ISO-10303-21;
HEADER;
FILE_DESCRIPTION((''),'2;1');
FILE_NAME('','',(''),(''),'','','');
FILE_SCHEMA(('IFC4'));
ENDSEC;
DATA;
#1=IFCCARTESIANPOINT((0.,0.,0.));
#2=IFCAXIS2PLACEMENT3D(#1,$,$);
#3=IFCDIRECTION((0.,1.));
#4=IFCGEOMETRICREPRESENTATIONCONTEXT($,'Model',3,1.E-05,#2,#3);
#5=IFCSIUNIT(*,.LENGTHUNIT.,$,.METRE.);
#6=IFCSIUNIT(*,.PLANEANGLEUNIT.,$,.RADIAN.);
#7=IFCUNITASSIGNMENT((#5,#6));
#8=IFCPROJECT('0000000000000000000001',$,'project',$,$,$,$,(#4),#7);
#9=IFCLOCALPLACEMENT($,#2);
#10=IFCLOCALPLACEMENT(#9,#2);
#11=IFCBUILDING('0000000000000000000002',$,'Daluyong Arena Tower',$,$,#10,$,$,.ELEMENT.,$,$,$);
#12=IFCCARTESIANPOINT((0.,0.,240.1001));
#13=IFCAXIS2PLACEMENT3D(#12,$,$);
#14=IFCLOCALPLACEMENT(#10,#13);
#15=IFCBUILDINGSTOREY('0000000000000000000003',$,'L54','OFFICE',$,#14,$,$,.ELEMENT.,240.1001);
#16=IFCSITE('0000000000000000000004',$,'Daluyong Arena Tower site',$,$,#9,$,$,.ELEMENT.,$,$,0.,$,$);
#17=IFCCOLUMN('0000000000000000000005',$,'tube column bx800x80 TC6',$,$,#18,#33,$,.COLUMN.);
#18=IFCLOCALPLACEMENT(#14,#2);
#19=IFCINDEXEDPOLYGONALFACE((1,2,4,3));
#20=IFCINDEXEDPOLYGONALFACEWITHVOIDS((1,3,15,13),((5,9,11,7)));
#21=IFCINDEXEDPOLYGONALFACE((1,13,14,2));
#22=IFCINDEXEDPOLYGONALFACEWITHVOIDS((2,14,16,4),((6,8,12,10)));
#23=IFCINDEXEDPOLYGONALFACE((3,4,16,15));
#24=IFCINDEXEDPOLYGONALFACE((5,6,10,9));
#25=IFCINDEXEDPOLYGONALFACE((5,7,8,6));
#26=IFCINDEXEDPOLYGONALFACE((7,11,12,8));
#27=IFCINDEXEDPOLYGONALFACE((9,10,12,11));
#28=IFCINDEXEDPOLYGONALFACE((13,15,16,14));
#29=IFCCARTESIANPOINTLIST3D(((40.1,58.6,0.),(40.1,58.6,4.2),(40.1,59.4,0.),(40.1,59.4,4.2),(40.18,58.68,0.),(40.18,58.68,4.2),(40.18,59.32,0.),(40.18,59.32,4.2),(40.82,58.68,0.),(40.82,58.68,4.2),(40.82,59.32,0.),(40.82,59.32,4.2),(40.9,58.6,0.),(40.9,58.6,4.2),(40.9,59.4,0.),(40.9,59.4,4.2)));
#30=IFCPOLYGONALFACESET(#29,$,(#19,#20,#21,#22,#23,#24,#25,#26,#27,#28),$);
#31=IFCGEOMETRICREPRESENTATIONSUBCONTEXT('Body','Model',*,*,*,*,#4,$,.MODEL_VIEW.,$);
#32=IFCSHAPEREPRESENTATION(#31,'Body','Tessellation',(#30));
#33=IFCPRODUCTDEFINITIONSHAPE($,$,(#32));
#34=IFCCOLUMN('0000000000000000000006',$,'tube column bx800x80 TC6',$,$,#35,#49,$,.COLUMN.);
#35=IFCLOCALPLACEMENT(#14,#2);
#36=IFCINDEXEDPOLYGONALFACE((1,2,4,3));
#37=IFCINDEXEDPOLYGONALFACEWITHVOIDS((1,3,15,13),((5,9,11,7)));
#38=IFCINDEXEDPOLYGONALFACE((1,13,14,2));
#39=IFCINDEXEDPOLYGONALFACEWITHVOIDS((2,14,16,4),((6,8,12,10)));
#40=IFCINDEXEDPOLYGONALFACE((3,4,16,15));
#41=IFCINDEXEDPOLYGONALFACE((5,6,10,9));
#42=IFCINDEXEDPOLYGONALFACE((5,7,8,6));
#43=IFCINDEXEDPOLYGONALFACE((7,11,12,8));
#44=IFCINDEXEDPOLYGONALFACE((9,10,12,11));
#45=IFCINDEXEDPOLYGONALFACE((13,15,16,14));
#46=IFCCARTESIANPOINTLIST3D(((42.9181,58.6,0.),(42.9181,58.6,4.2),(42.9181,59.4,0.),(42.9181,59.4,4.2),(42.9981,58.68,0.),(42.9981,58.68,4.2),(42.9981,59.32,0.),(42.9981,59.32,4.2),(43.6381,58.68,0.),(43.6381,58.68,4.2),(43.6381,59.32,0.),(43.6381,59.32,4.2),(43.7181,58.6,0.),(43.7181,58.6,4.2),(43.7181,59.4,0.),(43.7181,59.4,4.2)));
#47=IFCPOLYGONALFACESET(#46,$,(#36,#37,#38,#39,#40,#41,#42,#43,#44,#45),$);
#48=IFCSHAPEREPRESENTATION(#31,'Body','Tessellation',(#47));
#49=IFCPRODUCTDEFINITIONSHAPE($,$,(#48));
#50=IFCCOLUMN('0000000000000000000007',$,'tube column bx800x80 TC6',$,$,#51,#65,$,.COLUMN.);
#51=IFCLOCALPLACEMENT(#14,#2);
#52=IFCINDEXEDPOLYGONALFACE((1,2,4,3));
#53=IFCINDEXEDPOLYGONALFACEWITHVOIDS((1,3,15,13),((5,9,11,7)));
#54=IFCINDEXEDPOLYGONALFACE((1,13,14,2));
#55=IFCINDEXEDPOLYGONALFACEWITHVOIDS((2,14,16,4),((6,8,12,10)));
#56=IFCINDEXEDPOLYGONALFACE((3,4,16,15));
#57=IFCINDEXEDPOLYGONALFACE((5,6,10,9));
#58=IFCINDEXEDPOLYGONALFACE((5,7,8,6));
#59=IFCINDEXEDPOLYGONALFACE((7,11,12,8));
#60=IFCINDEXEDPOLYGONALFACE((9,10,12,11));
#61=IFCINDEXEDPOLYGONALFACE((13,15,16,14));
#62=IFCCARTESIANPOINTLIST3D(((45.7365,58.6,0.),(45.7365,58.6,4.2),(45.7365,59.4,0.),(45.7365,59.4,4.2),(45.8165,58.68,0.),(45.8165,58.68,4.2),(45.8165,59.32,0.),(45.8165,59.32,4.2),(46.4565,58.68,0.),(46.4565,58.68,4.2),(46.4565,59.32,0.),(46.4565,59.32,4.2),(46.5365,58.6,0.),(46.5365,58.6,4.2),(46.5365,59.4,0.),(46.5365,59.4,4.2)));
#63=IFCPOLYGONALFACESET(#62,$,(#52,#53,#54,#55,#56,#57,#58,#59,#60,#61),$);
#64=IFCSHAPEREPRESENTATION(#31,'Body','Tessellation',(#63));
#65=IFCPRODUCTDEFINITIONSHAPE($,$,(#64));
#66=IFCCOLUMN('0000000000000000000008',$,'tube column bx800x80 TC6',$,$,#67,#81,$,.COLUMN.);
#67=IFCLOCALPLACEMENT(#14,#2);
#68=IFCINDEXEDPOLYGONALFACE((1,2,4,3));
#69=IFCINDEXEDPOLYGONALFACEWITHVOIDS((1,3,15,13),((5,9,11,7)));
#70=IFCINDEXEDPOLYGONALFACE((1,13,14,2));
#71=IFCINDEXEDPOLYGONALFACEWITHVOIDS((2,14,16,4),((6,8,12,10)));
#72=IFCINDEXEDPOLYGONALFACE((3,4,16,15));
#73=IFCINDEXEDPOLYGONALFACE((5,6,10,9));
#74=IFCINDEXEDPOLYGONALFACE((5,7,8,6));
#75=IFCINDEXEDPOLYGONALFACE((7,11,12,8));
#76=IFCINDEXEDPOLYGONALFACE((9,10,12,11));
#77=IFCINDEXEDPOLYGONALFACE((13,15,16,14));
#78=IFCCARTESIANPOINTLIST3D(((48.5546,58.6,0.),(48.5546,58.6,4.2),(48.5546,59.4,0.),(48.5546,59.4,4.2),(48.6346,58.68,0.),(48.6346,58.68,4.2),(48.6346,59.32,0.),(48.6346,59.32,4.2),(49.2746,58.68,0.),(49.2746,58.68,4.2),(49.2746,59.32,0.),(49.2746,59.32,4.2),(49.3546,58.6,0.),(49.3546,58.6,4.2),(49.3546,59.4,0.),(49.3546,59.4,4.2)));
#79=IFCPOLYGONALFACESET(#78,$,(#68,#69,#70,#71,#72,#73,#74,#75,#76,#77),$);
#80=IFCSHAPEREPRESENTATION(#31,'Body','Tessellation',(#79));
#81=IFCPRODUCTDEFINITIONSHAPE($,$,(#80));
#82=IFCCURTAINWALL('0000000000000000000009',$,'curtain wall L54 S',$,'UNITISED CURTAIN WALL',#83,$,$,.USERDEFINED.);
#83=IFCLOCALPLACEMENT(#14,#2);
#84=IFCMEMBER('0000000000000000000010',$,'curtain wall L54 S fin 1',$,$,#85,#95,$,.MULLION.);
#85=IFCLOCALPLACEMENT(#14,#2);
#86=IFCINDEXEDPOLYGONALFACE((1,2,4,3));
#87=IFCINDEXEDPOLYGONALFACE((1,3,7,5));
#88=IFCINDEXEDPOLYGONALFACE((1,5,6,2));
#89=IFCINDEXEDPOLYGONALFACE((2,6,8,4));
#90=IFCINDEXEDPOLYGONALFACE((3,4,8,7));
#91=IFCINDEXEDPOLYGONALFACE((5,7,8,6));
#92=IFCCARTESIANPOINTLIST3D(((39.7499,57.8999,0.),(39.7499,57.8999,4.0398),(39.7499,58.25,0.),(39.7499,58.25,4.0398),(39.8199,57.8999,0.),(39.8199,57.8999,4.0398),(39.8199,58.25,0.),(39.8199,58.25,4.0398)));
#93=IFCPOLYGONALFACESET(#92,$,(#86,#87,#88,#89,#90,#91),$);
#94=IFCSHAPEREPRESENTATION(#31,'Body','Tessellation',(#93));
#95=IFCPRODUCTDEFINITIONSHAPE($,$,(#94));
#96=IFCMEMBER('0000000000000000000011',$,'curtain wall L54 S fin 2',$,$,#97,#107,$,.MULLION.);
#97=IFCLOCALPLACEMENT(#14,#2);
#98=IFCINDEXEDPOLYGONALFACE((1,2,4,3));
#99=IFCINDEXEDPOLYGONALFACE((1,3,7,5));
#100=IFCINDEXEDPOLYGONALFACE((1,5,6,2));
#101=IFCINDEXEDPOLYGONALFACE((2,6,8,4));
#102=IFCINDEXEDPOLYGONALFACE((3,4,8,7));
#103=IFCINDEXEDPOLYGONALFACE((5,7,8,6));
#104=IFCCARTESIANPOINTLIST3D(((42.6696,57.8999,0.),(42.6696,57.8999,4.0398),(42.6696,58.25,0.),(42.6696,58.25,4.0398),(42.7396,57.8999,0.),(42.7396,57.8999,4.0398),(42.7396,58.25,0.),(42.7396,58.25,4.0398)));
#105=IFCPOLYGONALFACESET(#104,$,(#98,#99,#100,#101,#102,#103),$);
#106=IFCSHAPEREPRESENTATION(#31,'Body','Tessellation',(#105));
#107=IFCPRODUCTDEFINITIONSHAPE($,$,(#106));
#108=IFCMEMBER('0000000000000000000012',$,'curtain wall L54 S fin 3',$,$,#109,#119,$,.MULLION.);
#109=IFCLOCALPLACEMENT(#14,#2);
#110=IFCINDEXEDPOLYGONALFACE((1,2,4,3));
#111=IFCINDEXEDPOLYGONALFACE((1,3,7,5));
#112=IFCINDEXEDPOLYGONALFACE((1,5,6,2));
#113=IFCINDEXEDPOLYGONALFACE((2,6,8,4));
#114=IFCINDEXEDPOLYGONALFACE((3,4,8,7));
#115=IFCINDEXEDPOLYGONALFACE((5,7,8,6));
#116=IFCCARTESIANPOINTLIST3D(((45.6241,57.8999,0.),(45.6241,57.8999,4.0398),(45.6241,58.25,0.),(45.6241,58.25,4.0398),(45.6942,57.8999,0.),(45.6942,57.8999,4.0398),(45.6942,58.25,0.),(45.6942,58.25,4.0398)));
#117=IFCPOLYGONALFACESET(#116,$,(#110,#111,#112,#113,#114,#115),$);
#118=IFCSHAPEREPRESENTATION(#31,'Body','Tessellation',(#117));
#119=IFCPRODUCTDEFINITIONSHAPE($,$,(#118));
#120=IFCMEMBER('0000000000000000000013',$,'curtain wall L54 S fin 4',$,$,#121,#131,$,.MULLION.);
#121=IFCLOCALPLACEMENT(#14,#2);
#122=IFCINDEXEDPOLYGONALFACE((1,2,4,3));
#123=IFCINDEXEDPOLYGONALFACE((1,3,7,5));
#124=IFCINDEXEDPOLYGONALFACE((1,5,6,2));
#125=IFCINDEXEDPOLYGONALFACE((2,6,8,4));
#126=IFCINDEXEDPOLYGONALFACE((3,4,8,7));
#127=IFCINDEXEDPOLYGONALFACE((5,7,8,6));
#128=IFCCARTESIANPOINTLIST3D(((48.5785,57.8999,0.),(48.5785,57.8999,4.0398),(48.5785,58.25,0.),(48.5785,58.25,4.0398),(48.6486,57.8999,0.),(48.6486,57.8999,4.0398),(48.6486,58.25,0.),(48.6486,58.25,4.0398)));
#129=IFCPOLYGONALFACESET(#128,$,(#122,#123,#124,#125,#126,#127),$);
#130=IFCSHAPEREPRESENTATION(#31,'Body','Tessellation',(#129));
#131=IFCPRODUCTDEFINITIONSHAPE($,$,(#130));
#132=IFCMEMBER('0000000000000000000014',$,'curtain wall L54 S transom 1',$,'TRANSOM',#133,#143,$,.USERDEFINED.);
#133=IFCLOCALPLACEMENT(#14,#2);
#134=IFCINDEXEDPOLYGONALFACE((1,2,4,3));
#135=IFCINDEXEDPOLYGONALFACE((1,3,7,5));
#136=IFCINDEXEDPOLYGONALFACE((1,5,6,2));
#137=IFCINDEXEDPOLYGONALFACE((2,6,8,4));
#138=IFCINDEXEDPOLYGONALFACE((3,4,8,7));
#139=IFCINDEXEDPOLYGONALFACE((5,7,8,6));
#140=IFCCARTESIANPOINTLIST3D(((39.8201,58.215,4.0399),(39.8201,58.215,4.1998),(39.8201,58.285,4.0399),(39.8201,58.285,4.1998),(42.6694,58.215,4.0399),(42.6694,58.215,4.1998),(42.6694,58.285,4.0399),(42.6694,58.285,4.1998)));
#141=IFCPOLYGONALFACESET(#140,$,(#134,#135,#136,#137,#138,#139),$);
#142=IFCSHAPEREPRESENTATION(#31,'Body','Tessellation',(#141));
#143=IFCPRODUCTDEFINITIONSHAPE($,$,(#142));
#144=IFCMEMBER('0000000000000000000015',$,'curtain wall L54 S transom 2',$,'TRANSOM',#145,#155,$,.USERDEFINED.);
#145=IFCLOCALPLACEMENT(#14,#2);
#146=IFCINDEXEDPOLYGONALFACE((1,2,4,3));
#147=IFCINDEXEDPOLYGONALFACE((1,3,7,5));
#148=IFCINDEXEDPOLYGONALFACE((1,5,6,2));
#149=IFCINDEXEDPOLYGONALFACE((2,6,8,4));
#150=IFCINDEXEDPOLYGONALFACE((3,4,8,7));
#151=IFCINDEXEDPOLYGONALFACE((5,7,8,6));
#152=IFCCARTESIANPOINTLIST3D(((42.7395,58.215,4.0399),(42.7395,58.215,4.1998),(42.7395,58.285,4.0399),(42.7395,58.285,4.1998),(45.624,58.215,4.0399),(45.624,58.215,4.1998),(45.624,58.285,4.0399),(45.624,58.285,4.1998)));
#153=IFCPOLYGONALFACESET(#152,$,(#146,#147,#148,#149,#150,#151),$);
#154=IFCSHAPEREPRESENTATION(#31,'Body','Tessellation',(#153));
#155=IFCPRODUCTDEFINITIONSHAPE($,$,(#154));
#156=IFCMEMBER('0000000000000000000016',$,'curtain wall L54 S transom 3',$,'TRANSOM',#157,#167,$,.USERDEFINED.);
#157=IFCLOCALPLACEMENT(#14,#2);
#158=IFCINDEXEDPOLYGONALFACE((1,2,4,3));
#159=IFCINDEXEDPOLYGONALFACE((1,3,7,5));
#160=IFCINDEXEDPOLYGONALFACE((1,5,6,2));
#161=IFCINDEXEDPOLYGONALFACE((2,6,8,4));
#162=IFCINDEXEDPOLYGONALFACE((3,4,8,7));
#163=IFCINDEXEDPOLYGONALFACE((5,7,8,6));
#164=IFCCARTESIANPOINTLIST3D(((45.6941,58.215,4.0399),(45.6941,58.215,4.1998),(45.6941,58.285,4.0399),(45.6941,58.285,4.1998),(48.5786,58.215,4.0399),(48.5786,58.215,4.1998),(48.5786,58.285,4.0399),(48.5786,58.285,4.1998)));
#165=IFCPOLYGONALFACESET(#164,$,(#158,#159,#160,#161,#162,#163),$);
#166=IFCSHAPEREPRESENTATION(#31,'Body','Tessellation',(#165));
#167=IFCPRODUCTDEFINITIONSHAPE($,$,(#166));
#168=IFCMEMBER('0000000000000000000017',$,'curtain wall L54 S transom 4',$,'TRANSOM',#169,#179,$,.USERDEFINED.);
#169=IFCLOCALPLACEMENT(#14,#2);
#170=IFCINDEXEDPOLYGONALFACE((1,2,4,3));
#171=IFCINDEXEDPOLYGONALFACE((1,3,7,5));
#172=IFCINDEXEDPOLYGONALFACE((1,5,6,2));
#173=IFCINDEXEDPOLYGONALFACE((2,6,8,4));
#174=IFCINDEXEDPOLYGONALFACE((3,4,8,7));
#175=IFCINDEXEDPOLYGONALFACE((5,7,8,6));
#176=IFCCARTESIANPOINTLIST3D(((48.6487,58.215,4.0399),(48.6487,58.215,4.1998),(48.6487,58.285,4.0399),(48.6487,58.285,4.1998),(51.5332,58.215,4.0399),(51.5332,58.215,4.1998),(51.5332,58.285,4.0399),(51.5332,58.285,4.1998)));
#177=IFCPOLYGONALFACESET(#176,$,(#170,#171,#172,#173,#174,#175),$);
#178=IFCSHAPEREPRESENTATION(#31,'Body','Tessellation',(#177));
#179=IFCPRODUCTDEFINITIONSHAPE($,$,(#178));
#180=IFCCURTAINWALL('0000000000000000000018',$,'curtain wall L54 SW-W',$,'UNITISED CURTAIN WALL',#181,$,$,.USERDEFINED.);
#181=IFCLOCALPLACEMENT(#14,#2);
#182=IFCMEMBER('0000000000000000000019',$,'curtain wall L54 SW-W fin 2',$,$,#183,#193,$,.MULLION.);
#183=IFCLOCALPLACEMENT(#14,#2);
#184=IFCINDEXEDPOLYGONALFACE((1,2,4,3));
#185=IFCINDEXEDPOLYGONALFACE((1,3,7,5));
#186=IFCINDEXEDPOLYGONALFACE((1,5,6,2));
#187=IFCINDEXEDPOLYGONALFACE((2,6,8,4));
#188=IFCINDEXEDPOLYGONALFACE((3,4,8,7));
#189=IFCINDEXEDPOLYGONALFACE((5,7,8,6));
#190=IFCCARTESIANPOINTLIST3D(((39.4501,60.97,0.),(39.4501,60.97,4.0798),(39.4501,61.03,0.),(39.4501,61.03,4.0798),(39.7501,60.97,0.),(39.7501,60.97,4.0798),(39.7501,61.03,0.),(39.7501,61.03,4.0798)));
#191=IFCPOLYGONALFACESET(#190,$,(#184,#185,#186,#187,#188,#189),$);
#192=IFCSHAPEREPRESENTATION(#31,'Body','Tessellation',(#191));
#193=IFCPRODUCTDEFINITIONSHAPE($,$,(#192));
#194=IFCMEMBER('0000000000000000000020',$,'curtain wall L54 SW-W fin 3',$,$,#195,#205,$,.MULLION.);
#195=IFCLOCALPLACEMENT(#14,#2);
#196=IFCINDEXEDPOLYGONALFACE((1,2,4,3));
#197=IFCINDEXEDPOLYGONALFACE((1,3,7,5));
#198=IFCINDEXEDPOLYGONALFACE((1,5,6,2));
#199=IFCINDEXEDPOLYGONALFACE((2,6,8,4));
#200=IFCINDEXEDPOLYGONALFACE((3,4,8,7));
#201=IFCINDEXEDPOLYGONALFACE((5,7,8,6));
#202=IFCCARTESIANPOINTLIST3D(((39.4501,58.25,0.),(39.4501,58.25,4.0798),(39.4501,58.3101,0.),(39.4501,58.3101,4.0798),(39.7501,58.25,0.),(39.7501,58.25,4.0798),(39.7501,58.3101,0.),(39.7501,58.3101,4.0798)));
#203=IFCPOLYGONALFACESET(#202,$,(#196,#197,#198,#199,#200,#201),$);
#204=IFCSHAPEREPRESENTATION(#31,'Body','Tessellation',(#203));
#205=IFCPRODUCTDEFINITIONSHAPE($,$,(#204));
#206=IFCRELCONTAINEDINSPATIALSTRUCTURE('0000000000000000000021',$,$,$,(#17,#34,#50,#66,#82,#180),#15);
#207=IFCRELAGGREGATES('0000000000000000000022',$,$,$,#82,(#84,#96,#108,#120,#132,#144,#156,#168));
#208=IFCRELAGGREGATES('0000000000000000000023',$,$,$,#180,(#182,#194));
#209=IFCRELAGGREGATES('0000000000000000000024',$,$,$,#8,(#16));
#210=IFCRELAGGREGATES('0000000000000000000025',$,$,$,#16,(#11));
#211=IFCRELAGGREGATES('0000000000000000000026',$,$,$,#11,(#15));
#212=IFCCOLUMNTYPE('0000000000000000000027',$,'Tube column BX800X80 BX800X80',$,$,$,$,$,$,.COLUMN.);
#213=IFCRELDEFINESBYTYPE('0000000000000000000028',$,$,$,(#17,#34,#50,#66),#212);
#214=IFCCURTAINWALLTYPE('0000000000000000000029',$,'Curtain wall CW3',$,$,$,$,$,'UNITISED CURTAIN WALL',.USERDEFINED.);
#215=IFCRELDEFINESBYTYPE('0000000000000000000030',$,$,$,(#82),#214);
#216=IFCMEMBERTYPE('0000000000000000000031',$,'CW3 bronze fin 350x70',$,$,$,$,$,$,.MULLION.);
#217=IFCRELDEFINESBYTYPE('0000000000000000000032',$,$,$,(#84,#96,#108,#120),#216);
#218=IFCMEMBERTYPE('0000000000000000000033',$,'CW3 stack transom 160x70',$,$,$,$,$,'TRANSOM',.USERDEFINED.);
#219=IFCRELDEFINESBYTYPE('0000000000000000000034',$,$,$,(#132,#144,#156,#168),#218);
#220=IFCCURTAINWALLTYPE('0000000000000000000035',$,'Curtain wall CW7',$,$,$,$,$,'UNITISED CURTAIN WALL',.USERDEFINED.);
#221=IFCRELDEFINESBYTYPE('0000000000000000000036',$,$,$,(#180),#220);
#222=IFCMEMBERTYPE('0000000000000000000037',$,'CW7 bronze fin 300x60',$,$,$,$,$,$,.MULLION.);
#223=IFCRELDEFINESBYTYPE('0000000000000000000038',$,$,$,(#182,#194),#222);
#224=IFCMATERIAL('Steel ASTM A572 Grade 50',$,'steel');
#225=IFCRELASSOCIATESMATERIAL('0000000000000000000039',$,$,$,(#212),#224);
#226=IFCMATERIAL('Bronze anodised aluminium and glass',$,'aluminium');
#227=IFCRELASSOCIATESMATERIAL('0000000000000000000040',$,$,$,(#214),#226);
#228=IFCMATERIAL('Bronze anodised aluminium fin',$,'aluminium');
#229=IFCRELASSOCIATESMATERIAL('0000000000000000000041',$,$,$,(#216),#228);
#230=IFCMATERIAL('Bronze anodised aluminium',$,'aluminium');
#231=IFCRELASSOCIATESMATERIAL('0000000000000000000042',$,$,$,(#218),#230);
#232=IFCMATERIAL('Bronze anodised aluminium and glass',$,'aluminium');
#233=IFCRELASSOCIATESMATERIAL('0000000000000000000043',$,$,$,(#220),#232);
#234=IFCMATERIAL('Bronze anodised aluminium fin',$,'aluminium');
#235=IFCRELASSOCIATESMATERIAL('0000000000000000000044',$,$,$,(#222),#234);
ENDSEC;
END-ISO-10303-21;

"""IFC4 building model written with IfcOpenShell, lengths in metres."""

from ifc_helpers import new_model, si_unit, direction, frame, origin, origin_2d, place, context, subcontext, project, spatial, rectangle, hollow_rectangle, extrude, material, material_profile, profile_set, type_object, element, aggregate, save


model = new_model("IFC4")

# Units and contexts
model_context = context("Model", 3, precision=1e-05, world=origin(), true_north=direction((0.0, 1.0)))
body_context = subcontext(model_context, "Body", "Model", "MODEL_VIEW")
ifc_project = project(units=[si_unit("LENGTHUNIT", "METRE"), si_unit("PLANEANGLEUNIT", "RADIAN")], contexts=[model_context])

# Site, building, storey
site_placement = place(None, origin())
site = spatial("IfcSite", under=ifc_project, at=site_placement, Name="Daluyong Arena Tower site", CompositionType="ELEMENT", RefElevation=0.0)
building_placement = place(site_placement, origin())
building = spatial("IfcBuilding", under=site, at=building_placement, Name="Daluyong Arena Tower", CompositionType="ELEMENT")
storey_placement = place(building_placement, frame((0.0, 0.0, 240.1001)))
storey = spatial("IfcBuildingStorey", under=building, at=storey_placement, Name="L54", Description="OFFICE", CompositionType="ELEMENT", Elevation=240.1001)

# Columns
ifc_material_1 = material(Name="Steel ASTM A572 Grade 50", Category="steel")
ifc_material_profile_1 = material_profile(ifc_material_1, hollow_rectangle(XDim=0.8, YDim=0.8, WallThickness=0.08, at=origin_2d()))
ifc_profile_set_1 = profile_set([ifc_material_profile_1], Name="Steel ASTM A572 Grade 50")
column_type = type_object("IfcColumnType", Name="Tube column BX800X80 BX800X80", PredefinedType="COLUMN", material=ifc_profile_set_1)
for number, where, z_axis, x_axis, name in (
    (1, (40.5, 59.0, 0.0), (0.0, 0.0, 1.0), (1.0, 0.0, 0.0), "tube column bx800x80 TC6"),
    (2, (43.3181, 59.0, 0.0), (0.0, 0.0, 1.0), (1.0, 0.0, 0.0), "tube column bx800x80 TC6"),
    (3, (46.1365, 59.0, 0.0), (0.0, 0.0, 1.0), (1.0, 0.0, 0.0), "tube column bx800x80 TC6"),
    (4, (48.9546, 59.0, 0.0), (0.0, 0.0, 1.0), (1.0, 0.0, 0.0), "tube column bx800x80 TC6"),
):
    element("IfcColumn", number, at=place(storey_placement, frame(where, z_axis=z_axis, x_axis=x_axis)), inside=storey, type_object=column_type, Name=name, PredefinedType="COLUMN", context=body_context, shape_type="SweptSolid", body=[
        extrude(hollow_rectangle(XDim=0.8, YDim=0.8, WallThickness=0.08, at=origin_2d()), origin(), (0.0, 0.0, 1.0), 4.2),
    ])

# Curtain walls, members
ifc_material_2 = material(Name="Bronze anodised aluminium and glass", Category="aluminium")
curtain_wall_type_1 = type_object("IfcCurtainWallType", Name="Curtain wall CW3", ElementType="UNITISED CURTAIN WALL", PredefinedType="USERDEFINED", material=ifc_material_2)
curtain_wall_1_placement = place(storey_placement, origin())
curtain_wall_1 = element("IfcCurtainWall", 5, at=curtain_wall_1_placement, inside=storey, type_object=curtain_wall_type_1, Name="curtain wall L54 S", ObjectType="UNITISED CURTAIN WALL", PredefinedType="USERDEFINED")
ifc_material_3 = material(Name="Bronze anodised aluminium fin", Category="aluminium")
ifc_material_profile_2 = material_profile(ifc_material_3, rectangle(XDim=0.3501, YDim=0.0701, at=origin_2d()))
ifc_profile_set_2 = profile_set([ifc_material_profile_2], Name="Bronze anodised aluminium fin")
member_type_1 = type_object("IfcMemberType", Name="CW3 bronze fin 350x70", PredefinedType="MULLION", material=ifc_profile_set_2)
member_1_placement = place(storey_placement, frame((39.7849, 58.075, 0.0), z_axis=(0.0, 0.0, 1.0), x_axis=(0.0, 1.0, 0.0)))
member_1 = element("IfcMember", 6, at=member_1_placement, type_object=member_type_1, Name="curtain wall L54 S fin 1", PredefinedType="MULLION", context=body_context, shape_type="SweptSolid", body=[
    extrude(rectangle(XDim=0.3501, YDim=0.0701, at=origin_2d()), origin(), (0.0, 0.0, 1.0), 4.0398),
])
member_2_placement = place(storey_placement, frame((42.7046, 58.075, 0.0), z_axis=(0.0, 0.0, 1.0), x_axis=(0.0, 1.0, 0.0)))
member_2 = element("IfcMember", 7, at=member_2_placement, type_object=member_type_1, Name="curtain wall L54 S fin 2", PredefinedType="MULLION", context=body_context, shape_type="SweptSolid", body=[
    extrude(rectangle(XDim=0.3501, YDim=0.0701, at=origin_2d()), origin(), (0.0, 0.0, 1.0), 4.0398),
])
member_3_placement = place(storey_placement, frame((45.6592, 58.075, 0.0), z_axis=(0.0, 0.0, 1.0), x_axis=(0.0, 1.0, 0.0)))
member_3 = element("IfcMember", 8, at=member_3_placement, type_object=member_type_1, Name="curtain wall L54 S fin 3", PredefinedType="MULLION", context=body_context, shape_type="SweptSolid", body=[
    extrude(rectangle(XDim=0.3501, YDim=0.0701, at=origin_2d()), origin(), (0.0, 0.0, 1.0), 4.0398),
])
member_4_placement = place(storey_placement, frame((48.6135, 58.075, 0.0), z_axis=(0.0, 0.0, 1.0), x_axis=(0.0, 1.0, 0.0)))
member_4 = element("IfcMember", 9, at=member_4_placement, type_object=member_type_1, Name="curtain wall L54 S fin 4", PredefinedType="MULLION", context=body_context, shape_type="SweptSolid", body=[
    extrude(rectangle(XDim=0.3501, YDim=0.0701, at=origin_2d()), origin(), (0.0, 0.0, 1.0), 4.0398),
])
ifc_material_4 = material(Name="Bronze anodised aluminium", Category="aluminium")
ifc_material_profile_3 = material_profile(ifc_material_4, rectangle(XDim=0.0701, YDim=0.1599, at=origin_2d()))
ifc_profile_set_3 = profile_set([ifc_material_profile_3], Name="Bronze anodised aluminium")
member_type_2 = type_object("IfcMemberType", Name="CW3 stack transom 160x70", ElementType="TRANSOM", PredefinedType="USERDEFINED", material=ifc_profile_set_3)
member_5_placement = place(storey_placement, frame((39.8201, 58.25, 4.1199), z_axis=(1.0, 0.0, 0.0), x_axis=(0.0, 1.0, 0.0)))
member_5 = element("IfcMember", 10, at=member_5_placement, type_object=member_type_2, Name="curtain wall L54 S transom 1", ObjectType="TRANSOM", PredefinedType="USERDEFINED", context=body_context, shape_type="SweptSolid", body=[
    extrude(rectangle(XDim=0.0701, YDim=0.1599, at=origin_2d()), origin(), (0.0, 0.0, 1.0), 2.8494),
])
member_6_placement = place(storey_placement, frame((42.7395, 58.25, 4.1199), z_axis=(1.0, 0.0, 0.0), x_axis=(0.0, 1.0, 0.0)))
member_6 = element("IfcMember", 11, at=member_6_placement, type_object=member_type_2, Name="curtain wall L54 S transom 2", ObjectType="TRANSOM", PredefinedType="USERDEFINED", context=body_context, shape_type="SweptSolid", body=[
    extrude(rectangle(XDim=0.0701, YDim=0.1599, at=origin_2d()), origin(), (0.0, 0.0, 1.0), 2.8845),
])
member_7_placement = place(storey_placement, frame((45.6941, 58.25, 4.1199), z_axis=(1.0, 0.0, 0.0), x_axis=(0.0, 1.0, 0.0)))
member_7 = element("IfcMember", 12, at=member_7_placement, type_object=member_type_2, Name="curtain wall L54 S transom 3", ObjectType="TRANSOM", PredefinedType="USERDEFINED", context=body_context, shape_type="SweptSolid", body=[
    extrude(rectangle(XDim=0.0701, YDim=0.1599, at=origin_2d()), origin(), (0.0, 0.0, 1.0), 2.8845),
])
member_8_placement = place(storey_placement, frame((48.6487, 58.25, 4.1199), z_axis=(1.0, 0.0, 0.0), x_axis=(0.0, 1.0, 0.0)))
member_8 = element("IfcMember", 13, at=member_8_placement, type_object=member_type_2, Name="curtain wall L54 S transom 4", ObjectType="TRANSOM", PredefinedType="USERDEFINED", context=body_context, shape_type="SweptSolid", body=[
    extrude(rectangle(XDim=0.0701, YDim=0.1599, at=origin_2d()), origin(), (0.0, 0.0, 1.0), 2.8845),
])
ifc_material_5 = material(Name="Bronze anodised aluminium and glass", Category="aluminium")
curtain_wall_type_2 = type_object("IfcCurtainWallType", Name="Curtain wall CW7", ElementType="UNITISED CURTAIN WALL", PredefinedType="USERDEFINED", material=ifc_material_5)
curtain_wall_2_placement = place(storey_placement, origin())
curtain_wall_2 = element("IfcCurtainWall", 14, at=curtain_wall_2_placement, inside=storey, type_object=curtain_wall_type_2, Name="curtain wall L54 SW-W", ObjectType="UNITISED CURTAIN WALL", PredefinedType="USERDEFINED")
ifc_material_6 = material(Name="Bronze anodised aluminium fin", Category="aluminium")
ifc_material_profile_4 = material_profile(ifc_material_6, rectangle(XDim=0.3, YDim=0.0601, at=origin_2d()))
ifc_profile_set_4 = profile_set([ifc_material_profile_4], Name="Bronze anodised aluminium fin")
member_type_3 = type_object("IfcMemberType", Name="CW7 bronze fin 300x60", PredefinedType="MULLION", material=ifc_profile_set_4)
member_9_placement = place(storey_placement, frame((39.6001, 61.0, 0.0), z_axis=(0.0, 0.0, 1.0), x_axis=(1.0, 0.0, 0.0)))
member_9 = element("IfcMember", 15, at=member_9_placement, type_object=member_type_3, Name="curtain wall L54 SW-W fin 2", PredefinedType="MULLION", context=body_context, shape_type="SweptSolid", body=[
    extrude(rectangle(XDim=0.3, YDim=0.0601, at=origin_2d()), origin(), (0.0, 0.0, 1.0), 4.0798),
])
member_10_placement = place(storey_placement, frame((39.6001, 58.28, 0.0), z_axis=(0.0, 0.0, 1.0), x_axis=(1.0, 0.0, 0.0)))
member_10 = element("IfcMember", 16, at=member_10_placement, type_object=member_type_3, Name="curtain wall L54 SW-W fin 3", PredefinedType="MULLION", context=body_context, shape_type="SweptSolid", body=[
    extrude(rectangle(XDim=0.3, YDim=0.0601, at=origin_2d()), origin(), (0.0, 0.0, 1.0), 4.0798),
])

aggregate(curtain_wall_1, [member_1, member_2, member_3, member_4, member_5, member_6, member_7, member_8])
aggregate(curtain_wall_2, [member_9, member_10])

save(model, "model.ifc")
